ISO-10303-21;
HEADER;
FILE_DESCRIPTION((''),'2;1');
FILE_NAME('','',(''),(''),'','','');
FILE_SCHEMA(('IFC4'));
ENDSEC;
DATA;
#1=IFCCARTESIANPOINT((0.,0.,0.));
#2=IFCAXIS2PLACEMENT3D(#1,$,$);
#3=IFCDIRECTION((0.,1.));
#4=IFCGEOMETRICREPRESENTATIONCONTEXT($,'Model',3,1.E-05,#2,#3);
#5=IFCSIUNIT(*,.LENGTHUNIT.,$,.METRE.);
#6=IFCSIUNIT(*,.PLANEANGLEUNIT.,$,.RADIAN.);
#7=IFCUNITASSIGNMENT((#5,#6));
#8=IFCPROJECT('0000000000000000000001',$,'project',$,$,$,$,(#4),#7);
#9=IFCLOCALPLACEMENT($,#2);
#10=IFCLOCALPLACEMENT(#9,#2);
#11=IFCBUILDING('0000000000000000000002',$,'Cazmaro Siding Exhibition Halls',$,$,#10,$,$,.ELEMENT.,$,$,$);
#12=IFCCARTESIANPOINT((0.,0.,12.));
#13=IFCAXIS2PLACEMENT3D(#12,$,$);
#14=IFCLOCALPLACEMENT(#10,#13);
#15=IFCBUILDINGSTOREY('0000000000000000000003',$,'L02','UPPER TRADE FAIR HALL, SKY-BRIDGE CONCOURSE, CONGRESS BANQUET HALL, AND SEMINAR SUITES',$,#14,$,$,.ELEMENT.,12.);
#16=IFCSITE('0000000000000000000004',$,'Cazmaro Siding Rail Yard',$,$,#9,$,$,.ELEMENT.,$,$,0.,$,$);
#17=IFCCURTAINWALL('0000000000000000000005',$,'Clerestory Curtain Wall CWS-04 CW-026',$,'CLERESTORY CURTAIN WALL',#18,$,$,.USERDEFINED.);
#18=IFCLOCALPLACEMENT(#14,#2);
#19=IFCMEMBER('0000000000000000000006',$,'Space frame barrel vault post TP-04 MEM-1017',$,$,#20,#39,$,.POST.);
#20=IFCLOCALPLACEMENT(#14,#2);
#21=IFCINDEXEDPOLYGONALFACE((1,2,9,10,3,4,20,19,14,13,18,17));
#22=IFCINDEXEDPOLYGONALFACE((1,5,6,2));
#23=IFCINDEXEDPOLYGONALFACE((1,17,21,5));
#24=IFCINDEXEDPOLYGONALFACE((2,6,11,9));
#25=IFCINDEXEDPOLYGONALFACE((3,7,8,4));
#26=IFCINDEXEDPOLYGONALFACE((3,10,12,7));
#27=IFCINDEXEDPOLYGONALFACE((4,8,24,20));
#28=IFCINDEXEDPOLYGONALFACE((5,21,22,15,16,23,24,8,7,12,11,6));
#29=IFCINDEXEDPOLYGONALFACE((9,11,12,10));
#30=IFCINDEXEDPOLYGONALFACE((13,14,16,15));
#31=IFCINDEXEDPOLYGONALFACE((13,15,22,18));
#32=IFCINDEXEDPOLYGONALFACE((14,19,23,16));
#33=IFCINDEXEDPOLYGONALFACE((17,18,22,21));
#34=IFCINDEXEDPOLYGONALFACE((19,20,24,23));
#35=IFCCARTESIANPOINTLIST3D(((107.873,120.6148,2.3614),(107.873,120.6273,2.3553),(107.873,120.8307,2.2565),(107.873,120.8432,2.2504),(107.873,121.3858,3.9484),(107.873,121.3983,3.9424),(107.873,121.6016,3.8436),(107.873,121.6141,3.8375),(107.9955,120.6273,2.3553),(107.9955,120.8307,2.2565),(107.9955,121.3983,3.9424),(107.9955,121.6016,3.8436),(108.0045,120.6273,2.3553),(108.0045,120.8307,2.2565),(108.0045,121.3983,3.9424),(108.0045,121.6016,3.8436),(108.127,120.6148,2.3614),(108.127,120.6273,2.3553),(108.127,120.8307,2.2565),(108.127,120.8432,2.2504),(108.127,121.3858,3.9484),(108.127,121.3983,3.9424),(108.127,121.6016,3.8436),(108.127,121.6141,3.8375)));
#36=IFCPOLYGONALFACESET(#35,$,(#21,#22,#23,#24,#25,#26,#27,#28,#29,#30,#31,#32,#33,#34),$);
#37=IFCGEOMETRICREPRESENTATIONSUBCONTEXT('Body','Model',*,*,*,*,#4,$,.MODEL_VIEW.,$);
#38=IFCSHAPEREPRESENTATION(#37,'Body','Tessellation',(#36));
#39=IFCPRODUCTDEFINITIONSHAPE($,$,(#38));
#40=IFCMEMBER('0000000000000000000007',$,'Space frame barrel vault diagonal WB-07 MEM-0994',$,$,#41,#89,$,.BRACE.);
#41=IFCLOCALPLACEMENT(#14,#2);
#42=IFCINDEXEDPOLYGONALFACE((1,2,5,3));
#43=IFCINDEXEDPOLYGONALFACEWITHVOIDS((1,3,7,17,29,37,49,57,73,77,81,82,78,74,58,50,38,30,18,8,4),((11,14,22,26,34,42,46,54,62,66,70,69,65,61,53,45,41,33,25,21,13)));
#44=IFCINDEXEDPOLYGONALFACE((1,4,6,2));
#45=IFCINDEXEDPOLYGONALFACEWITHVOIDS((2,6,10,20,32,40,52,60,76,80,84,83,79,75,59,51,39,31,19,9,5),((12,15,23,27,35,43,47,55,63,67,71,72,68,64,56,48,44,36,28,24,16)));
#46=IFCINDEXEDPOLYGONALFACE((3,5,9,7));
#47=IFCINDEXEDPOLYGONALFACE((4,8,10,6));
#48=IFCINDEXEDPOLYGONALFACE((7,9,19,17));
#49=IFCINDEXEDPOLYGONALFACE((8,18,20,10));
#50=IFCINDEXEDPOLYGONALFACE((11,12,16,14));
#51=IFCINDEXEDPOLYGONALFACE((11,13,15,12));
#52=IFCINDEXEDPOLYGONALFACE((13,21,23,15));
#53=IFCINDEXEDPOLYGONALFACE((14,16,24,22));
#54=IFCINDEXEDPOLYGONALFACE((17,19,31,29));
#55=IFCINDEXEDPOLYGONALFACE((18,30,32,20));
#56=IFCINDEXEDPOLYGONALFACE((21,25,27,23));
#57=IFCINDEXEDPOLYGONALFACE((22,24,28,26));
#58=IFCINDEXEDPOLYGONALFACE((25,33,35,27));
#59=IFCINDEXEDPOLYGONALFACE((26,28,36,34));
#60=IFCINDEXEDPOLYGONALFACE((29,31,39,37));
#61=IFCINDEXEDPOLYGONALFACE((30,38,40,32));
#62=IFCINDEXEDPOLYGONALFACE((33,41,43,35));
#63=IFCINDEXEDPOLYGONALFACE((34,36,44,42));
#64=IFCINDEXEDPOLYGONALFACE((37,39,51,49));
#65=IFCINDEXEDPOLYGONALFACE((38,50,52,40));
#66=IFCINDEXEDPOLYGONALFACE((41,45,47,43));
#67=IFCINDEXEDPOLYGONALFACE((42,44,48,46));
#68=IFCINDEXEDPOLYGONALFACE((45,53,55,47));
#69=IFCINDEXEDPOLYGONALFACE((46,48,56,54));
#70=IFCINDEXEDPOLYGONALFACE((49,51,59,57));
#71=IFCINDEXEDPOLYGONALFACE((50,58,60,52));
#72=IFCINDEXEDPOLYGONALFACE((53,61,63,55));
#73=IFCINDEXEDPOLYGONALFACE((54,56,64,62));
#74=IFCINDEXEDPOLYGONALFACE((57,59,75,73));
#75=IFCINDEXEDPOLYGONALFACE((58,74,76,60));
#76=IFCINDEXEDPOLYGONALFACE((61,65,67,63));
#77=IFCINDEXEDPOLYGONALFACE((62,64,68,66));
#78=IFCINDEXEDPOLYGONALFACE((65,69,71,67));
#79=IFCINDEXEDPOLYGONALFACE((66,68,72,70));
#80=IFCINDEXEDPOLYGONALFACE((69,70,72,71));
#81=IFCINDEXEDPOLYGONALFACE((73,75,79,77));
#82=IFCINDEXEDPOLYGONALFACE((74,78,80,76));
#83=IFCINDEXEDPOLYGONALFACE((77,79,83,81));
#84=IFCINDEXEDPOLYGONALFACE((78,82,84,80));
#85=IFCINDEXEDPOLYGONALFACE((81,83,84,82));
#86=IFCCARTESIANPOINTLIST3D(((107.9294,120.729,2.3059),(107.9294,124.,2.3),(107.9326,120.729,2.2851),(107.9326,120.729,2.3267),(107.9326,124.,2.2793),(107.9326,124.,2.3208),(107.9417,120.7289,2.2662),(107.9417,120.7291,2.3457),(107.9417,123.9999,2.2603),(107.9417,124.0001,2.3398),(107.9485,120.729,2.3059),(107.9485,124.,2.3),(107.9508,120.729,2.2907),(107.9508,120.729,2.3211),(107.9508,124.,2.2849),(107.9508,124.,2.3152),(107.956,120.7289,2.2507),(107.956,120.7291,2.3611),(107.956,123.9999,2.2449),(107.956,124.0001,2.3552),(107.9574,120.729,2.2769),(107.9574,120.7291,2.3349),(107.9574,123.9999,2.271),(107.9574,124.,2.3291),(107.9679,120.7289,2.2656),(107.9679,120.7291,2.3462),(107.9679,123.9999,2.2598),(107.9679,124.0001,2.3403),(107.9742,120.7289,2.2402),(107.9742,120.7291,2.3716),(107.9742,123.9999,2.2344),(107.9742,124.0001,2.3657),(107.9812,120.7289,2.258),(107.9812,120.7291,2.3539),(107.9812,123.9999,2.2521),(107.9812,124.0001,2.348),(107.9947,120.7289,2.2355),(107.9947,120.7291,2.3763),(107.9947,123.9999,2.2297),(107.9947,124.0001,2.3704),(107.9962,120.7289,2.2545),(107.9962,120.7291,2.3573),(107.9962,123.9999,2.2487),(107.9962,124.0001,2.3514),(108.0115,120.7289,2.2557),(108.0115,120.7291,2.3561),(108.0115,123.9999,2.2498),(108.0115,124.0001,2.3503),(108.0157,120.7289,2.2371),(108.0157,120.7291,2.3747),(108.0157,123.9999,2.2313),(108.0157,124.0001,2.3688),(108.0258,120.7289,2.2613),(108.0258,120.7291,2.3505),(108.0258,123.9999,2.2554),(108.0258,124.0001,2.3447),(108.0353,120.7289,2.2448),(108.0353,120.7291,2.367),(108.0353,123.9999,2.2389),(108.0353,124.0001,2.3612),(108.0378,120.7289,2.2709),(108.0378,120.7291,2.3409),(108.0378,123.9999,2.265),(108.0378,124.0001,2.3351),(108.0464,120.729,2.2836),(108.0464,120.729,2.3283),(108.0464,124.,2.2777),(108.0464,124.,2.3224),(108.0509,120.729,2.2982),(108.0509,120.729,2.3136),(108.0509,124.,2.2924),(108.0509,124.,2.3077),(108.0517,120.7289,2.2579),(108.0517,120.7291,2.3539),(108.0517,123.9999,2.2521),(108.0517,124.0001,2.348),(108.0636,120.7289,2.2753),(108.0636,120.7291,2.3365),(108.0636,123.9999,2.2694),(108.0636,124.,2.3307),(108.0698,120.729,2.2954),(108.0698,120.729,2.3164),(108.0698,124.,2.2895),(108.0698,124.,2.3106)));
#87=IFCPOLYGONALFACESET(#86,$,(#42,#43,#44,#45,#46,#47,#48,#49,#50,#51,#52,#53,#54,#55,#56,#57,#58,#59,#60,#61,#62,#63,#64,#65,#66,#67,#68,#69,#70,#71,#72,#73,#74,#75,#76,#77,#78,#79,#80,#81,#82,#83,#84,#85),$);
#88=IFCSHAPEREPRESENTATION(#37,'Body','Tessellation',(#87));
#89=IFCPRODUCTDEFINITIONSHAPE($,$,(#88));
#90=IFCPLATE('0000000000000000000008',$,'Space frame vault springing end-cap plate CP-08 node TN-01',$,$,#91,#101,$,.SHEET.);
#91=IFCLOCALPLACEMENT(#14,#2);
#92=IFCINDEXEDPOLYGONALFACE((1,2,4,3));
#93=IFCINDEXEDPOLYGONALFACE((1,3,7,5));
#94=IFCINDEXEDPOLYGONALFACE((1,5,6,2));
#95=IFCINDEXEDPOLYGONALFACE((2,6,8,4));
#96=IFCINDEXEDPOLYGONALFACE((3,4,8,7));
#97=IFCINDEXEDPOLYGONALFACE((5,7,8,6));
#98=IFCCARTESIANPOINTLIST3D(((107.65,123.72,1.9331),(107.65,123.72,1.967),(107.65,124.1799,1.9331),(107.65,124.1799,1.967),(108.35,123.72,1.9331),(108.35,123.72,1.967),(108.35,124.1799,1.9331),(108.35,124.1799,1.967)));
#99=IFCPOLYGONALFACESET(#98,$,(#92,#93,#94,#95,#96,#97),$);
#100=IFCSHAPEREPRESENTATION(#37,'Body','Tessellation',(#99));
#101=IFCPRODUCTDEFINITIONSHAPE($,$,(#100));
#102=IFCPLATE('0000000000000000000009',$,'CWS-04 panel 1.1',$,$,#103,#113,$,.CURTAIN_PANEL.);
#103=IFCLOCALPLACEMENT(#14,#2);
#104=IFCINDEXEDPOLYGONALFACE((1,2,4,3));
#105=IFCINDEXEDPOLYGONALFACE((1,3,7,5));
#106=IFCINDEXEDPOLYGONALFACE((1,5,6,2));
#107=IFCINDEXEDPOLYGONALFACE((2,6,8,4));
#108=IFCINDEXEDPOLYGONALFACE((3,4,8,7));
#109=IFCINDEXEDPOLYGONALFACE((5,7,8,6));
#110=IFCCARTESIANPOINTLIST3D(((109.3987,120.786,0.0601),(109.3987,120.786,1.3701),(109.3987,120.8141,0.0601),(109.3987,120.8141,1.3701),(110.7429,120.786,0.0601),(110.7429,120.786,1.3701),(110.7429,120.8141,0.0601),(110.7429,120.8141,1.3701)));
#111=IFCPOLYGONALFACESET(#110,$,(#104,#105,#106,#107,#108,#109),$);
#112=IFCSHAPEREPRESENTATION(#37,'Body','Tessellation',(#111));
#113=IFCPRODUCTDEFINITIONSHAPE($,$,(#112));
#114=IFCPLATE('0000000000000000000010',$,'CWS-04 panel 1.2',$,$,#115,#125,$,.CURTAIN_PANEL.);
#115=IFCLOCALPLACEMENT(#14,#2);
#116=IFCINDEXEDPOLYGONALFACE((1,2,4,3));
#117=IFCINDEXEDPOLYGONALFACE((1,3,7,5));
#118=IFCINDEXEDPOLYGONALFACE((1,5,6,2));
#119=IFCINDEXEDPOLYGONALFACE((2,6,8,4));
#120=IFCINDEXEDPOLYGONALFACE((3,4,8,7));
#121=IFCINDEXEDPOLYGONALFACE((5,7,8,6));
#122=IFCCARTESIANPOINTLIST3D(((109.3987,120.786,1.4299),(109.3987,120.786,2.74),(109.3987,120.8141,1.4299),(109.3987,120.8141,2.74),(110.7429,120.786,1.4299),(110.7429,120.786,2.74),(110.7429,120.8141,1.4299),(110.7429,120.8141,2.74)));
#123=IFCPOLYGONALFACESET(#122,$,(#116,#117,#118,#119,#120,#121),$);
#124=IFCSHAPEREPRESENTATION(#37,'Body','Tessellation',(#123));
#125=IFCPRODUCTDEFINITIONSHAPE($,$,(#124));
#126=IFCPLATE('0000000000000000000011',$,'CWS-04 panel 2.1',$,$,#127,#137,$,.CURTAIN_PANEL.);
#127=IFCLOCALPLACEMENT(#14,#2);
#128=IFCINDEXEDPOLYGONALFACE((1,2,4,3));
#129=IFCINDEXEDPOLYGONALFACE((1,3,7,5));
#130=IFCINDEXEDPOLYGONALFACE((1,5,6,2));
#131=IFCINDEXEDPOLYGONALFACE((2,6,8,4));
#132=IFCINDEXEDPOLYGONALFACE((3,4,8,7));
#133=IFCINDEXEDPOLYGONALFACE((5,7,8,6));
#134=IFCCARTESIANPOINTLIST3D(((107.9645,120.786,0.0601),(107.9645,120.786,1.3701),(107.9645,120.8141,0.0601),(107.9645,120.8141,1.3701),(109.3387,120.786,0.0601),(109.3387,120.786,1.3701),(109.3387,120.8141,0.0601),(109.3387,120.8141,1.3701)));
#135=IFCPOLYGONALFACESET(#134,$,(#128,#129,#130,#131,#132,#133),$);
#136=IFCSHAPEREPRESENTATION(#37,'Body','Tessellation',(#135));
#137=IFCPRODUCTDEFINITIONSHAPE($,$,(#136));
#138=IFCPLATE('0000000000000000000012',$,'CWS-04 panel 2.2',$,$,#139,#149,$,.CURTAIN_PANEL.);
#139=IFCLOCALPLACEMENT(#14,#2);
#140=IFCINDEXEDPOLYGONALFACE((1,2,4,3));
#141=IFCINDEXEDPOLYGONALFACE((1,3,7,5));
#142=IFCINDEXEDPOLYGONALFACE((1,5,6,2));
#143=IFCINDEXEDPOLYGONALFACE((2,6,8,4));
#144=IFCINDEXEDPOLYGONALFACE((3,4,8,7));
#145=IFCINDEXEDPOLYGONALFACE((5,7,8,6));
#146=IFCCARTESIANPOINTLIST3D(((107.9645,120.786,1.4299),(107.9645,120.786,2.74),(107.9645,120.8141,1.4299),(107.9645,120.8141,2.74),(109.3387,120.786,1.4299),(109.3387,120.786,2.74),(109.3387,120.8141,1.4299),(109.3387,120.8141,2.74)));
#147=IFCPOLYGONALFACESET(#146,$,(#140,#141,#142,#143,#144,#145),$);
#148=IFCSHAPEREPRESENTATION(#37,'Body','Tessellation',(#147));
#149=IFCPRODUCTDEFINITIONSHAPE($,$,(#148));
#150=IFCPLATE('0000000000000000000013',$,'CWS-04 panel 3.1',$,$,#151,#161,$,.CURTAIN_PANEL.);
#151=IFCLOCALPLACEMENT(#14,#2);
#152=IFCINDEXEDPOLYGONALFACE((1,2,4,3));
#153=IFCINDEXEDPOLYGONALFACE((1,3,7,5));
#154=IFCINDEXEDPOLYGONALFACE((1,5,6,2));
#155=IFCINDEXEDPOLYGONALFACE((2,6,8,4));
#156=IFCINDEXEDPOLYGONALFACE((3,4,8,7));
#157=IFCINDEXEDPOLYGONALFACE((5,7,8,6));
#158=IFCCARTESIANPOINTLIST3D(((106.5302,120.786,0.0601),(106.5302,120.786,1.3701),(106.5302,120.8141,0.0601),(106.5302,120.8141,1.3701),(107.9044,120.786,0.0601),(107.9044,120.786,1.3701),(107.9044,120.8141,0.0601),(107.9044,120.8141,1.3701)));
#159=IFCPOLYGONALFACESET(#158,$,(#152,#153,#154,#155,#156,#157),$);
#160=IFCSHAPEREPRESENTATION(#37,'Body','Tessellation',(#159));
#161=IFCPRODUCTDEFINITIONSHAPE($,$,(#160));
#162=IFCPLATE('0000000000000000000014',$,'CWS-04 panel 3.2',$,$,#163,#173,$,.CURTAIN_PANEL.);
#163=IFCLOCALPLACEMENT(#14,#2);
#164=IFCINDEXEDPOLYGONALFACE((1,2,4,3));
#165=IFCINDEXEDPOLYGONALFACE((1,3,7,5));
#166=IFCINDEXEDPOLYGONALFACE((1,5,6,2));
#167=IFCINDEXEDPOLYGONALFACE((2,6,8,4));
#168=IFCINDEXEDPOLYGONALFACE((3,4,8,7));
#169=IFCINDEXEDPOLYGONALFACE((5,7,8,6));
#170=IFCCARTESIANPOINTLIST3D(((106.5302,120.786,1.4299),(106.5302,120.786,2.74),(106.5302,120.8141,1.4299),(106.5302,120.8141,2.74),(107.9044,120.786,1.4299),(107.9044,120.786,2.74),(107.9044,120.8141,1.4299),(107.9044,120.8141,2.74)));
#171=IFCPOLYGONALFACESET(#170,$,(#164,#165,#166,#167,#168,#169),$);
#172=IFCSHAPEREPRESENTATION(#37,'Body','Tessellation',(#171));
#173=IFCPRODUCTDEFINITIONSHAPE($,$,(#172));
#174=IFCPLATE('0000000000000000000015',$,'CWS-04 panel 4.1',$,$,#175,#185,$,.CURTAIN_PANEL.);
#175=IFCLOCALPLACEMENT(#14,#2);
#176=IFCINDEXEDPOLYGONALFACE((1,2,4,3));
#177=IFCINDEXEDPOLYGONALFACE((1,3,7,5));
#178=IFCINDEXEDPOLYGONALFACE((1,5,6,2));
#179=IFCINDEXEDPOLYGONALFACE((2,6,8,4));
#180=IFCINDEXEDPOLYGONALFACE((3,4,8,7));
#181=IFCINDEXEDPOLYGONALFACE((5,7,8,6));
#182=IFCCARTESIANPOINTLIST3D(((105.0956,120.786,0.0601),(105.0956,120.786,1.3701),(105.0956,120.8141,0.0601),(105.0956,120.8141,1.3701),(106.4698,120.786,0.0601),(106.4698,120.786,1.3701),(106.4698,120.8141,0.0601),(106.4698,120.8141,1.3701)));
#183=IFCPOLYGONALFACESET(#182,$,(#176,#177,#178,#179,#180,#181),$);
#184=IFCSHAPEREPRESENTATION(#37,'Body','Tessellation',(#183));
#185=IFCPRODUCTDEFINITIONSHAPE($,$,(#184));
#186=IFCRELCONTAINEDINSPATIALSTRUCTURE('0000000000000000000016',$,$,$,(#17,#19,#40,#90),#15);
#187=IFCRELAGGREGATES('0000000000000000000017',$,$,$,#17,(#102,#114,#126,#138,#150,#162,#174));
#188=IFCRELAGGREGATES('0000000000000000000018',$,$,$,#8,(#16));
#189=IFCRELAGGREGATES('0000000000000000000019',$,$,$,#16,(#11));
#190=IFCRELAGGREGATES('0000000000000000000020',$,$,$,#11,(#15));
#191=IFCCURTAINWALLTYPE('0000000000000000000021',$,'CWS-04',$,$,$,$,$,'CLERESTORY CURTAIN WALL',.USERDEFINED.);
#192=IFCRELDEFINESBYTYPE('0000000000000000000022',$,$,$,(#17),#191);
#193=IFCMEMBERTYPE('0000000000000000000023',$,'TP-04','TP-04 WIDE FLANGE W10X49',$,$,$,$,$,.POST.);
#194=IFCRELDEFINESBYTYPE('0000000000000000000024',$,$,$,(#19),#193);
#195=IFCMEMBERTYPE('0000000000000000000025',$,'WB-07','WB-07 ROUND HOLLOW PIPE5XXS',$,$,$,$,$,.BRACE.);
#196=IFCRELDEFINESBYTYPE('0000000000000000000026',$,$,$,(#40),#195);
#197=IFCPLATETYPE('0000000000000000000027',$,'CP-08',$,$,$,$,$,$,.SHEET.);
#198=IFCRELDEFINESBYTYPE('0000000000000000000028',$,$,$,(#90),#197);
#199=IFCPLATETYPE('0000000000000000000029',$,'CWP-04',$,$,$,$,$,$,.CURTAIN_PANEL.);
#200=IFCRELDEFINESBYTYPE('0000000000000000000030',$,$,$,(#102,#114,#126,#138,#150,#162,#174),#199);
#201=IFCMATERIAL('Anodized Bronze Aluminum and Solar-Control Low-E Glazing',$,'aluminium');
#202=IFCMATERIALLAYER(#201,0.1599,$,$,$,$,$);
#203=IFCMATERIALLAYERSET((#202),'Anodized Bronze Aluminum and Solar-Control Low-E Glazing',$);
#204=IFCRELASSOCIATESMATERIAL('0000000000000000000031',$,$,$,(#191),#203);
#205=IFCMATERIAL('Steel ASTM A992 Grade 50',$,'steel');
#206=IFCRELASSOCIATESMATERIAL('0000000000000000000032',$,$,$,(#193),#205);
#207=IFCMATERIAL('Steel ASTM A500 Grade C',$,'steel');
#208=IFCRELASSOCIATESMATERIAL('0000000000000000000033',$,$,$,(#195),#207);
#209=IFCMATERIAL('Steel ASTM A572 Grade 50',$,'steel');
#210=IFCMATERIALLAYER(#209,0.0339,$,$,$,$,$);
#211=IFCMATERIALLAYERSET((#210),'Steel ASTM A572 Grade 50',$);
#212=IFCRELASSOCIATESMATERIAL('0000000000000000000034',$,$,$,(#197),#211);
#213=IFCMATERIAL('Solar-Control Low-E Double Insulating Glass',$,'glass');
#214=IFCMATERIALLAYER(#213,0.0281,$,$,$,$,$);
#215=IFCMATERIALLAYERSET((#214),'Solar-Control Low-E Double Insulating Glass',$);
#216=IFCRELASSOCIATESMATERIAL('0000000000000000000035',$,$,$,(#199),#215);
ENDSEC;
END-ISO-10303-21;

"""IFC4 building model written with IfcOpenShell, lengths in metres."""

from ifc_helpers import new_model, si_unit, direction, frame, origin, origin_2d, place, context, subcontext, project, spatial, rectangle, hollow_circle, i_section, extrude, material, layer, layer_set, material_profile, profile_set, type_object, element, aggregate, save


model = new_model("IFC4")

# Units and contexts
model_context = context("Model", 3, precision=1e-05, world=origin(), true_north=direction((0.0, 1.0)))
body_context = subcontext(model_context, "Body", "Model", "MODEL_VIEW")
ifc_project = project(units=[si_unit("LENGTHUNIT", "METRE"), si_unit("PLANEANGLEUNIT", "RADIAN")], contexts=[model_context])

# Site, building, storey
site_placement = place(None, origin())
site = spatial("IfcSite", under=ifc_project, at=site_placement, Name="Cazmaro Siding Rail Yard", CompositionType="ELEMENT", RefElevation=0.0)
building_placement = place(site_placement, origin())
building = spatial("IfcBuilding", under=site, at=building_placement, Name="Cazmaro Siding Exhibition Halls", CompositionType="ELEMENT")
storey_placement = place(building_placement, frame((0.0, 0.0, 12.0)))
storey = spatial("IfcBuildingStorey", under=building, at=storey_placement, Name="L02", Description="UPPER TRADE FAIR HALL, SKY-BRIDGE CONCOURSE, CONGRESS BANQUET HALL, AND SEMINAR SUITES", CompositionType="ELEMENT", Elevation=12.0)

# Curtain wall
ifc_material_1 = material(Name="Anodized Bronze Aluminum and Solar-Control Low-E Glazing", Category="aluminium")
ifc_layer_1 = layer(ifc_material_1, 0.1599)
ifc_layer_set_1 = layer_set([ifc_layer_1], Name="Anodized Bronze Aluminum and Solar-Control Low-E Glazing")
curtain_wall_type = type_object("IfcCurtainWallType", Name="CWS-04", ElementType="CLERESTORY CURTAIN WALL", PredefinedType="USERDEFINED", material=ifc_layer_set_1)
curtain_wall_placement = place(storey_placement, origin())
curtain_wall = element("IfcCurtainWall", 1, at=curtain_wall_placement, inside=storey, type_object=curtain_wall_type, Name="Clerestory Curtain Wall CWS-04 CW-026", ObjectType="CLERESTORY CURTAIN WALL", PredefinedType="USERDEFINED")

# Members
ifc_material_2 = material(Name="Steel ASTM A992 Grade 50", Category="steel")
ifc_material_profile_1 = material_profile(ifc_material_2, i_section(OverallWidth=0.2539, OverallDepth=0.2539, WebThickness=0.009, FlangeThickness=0.0139, at=origin_2d()), Name="W10X49")
ifc_profile_set_1 = profile_set([ifc_material_profile_1], Name="Steel ASTM A992 Grade 50")
member_type_1 = type_object("IfcMemberType", Name="TP-04", Description="TP-04 WIDE FLANGE W10X49", PredefinedType="POST", material=ifc_profile_set_1)
member_1_placement = place(storey_placement, frame((108.0, 120.729, 2.3059), z_axis=(0.0, 0.436946, 0.899488), x_axis=(-1.0, 0.0, 0.0)))
element("IfcMember", 2, at=member_1_placement, inside=storey, type_object=member_type_1, Name="Space frame barrel vault post TP-04 MEM-1017", PredefinedType="POST", context=body_context, shape_type="SweptSolid", body=[
    extrude(i_section(OverallWidth=0.2539, OverallDepth=0.2539, WebThickness=0.009, FlangeThickness=0.0139, at=origin_2d()), origin(), (0.0, 0.0, 1.0), 1.7644),
])
ifc_material_3 = material(Name="Steel ASTM A500 Grade C", Category="steel")
ifc_material_profile_2 = material_profile(ifc_material_3, hollow_circle(Radius=0.0706, WallThickness=0.019, at=origin_2d()), Name="PIPE5XXS")
ifc_profile_set_2 = profile_set([ifc_material_profile_2], Name="Steel ASTM A500 Grade C")
member_type_2 = type_object("IfcMemberType", Name="WB-07", Description="WB-07 ROUND HOLLOW PIPE5XXS", PredefinedType="BRACE", material=ifc_profile_set_2)
member_2_placement = place(storey_placement, frame((108.0, 120.729, 2.3059), z_axis=(0.0, 0.999998, -0.001791), x_axis=(-1.0, 0.0, 0.0)))
element("IfcMember", 3, at=member_2_placement, inside=storey, type_object=member_type_2, Name="Space frame barrel vault diagonal WB-07 MEM-0994", PredefinedType="BRACE", context=body_context, shape_type="SweptSolid", body=[
    extrude(hollow_circle(Radius=0.0706, WallThickness=0.019, at=origin_2d()), origin(), (0.0, 0.0, 1.0), 3.271),
])

# Plates
ifc_material_4 = material(Name="Steel ASTM A572 Grade 50", Category="steel")
ifc_layer_2 = layer(ifc_material_4, 0.0339)
ifc_layer_set_2 = layer_set([ifc_layer_2], Name="Steel ASTM A572 Grade 50")
plate_type_1 = type_object("IfcPlateType", Name="CP-08", PredefinedType="SHEET", material=ifc_layer_set_2)
plate_1_placement = place(storey_placement, frame((108.0, 123.95, 1.9331), z_axis=(0.0, 0.0, 1.0), x_axis=(1.0, 0.0, 0.0)))
element("IfcPlate", 4, at=plate_1_placement, inside=storey, type_object=plate_type_1, Name="Space frame vault springing end-cap plate CP-08 node TN-01", PredefinedType="SHEET", context=body_context, shape_type="SweptSolid", body=[
    extrude(rectangle(XDim=0.7, YDim=0.46, at=origin_2d()), origin(), (0.0, 0.0, 1.0), 0.0339),
])
ifc_material_5 = material(Name="Solar-Control Low-E Double Insulating Glass", Category="glass")
ifc_layer_3 = layer(ifc_material_5, 0.0281)
ifc_layer_set_3 = layer_set([ifc_layer_3], Name="Solar-Control Low-E Double Insulating Glass")
plate_type_2 = type_object("IfcPlateType", Name="CWP-04", PredefinedType="CURTAIN_PANEL", material=ifc_layer_set_3)
plate_2_placement = place(storey_placement, frame((110.0708, 120.8, 0.0601), z_axis=(0.0, 0.0, 1.0), x_axis=(-1.0, 0.0, 0.0)))
plate_2 = element("IfcPlate", 5, at=plate_2_placement, type_object=plate_type_2, Name="CWS-04 panel 1.1", PredefinedType="CURTAIN_PANEL", context=body_context, shape_type="SweptSolid", body=[
    extrude(rectangle(XDim=1.3442, YDim=0.0281, at=origin_2d()), origin(), (0.0, 0.0, 1.0), 1.3101),
])
plate_3_placement = place(storey_placement, frame((110.0708, 120.8, 1.4299), z_axis=(0.0, 0.0, 1.0), x_axis=(-1.0, 0.0, 0.0)))
plate_3 = element("IfcPlate", 6, at=plate_3_placement, type_object=plate_type_2, Name="CWS-04 panel 1.2", PredefinedType="CURTAIN_PANEL", context=body_context, shape_type="SweptSolid", body=[
    extrude(rectangle(XDim=1.3442, YDim=0.0281, at=origin_2d()), origin(), (0.0, 0.0, 1.0), 1.3101),
])
plate_4_placement = place(storey_placement, frame((108.6516, 120.8, 0.0601), z_axis=(0.0, 0.0, 1.0), x_axis=(-1.0, 0.0, 0.0)))
plate_4 = element("IfcPlate", 7, at=plate_4_placement, type_object=plate_type_2, Name="CWS-04 panel 2.1", PredefinedType="CURTAIN_PANEL", context=body_context, shape_type="SweptSolid", body=[
    extrude(rectangle(XDim=1.3743, YDim=0.0281, at=origin_2d()), origin(), (0.0, 0.0, 1.0), 1.3101),
])
plate_5_placement = place(storey_placement, frame((108.6516, 120.8, 1.4299), z_axis=(0.0, 0.0, 1.0), x_axis=(-1.0, 0.0, 0.0)))
plate_5 = element("IfcPlate", 8, at=plate_5_placement, type_object=plate_type_2, Name="CWS-04 panel 2.2", PredefinedType="CURTAIN_PANEL", context=body_context, shape_type="SweptSolid", body=[
    extrude(rectangle(XDim=1.3743, YDim=0.0281, at=origin_2d()), origin(), (0.0, 0.0, 1.0), 1.3101),
])
plate_6_placement = place(storey_placement, frame((107.2173, 120.8, 0.0601), z_axis=(0.0, 0.0, 1.0), x_axis=(-1.0, 0.0, 0.0)))
plate_6 = element("IfcPlate", 9, at=plate_6_placement, type_object=plate_type_2, Name="CWS-04 panel 3.1", PredefinedType="CURTAIN_PANEL", context=body_context, shape_type="SweptSolid", body=[
    extrude(rectangle(XDim=1.3743, YDim=0.0281, at=origin_2d()), origin(), (0.0, 0.0, 1.0), 1.3101),
])
plate_7_placement = place(storey_placement, frame((107.2173, 120.8, 1.4299), z_axis=(0.0, 0.0, 1.0), x_axis=(-1.0, 0.0, 0.0)))
plate_7 = element("IfcPlate", 10, at=plate_7_placement, type_object=plate_type_2, Name="CWS-04 panel 3.2", PredefinedType="CURTAIN_PANEL", context=body_context, shape_type="SweptSolid", body=[
    extrude(rectangle(XDim=1.3743, YDim=0.0281, at=origin_2d()), origin(), (0.0, 0.0, 1.0), 1.3101),
])
plate_8_placement = place(storey_placement, frame((105.7827, 120.8, 0.0601), z_axis=(0.0, 0.0, 1.0), x_axis=(-1.0, 0.0, 0.0)))
plate_8 = element("IfcPlate", 11, at=plate_8_placement, type_object=plate_type_2, Name="CWS-04 panel 4.1", PredefinedType="CURTAIN_PANEL", context=body_context, shape_type="SweptSolid", body=[
    extrude(rectangle(XDim=1.3743, YDim=0.0281, at=origin_2d()), origin(), (0.0, 0.0, 1.0), 1.3101),
])
aggregate(curtain_wall, [plate_2, plate_3, plate_4, plate_5, plate_6, plate_7, plate_8])

save(model, "model.ifc")
